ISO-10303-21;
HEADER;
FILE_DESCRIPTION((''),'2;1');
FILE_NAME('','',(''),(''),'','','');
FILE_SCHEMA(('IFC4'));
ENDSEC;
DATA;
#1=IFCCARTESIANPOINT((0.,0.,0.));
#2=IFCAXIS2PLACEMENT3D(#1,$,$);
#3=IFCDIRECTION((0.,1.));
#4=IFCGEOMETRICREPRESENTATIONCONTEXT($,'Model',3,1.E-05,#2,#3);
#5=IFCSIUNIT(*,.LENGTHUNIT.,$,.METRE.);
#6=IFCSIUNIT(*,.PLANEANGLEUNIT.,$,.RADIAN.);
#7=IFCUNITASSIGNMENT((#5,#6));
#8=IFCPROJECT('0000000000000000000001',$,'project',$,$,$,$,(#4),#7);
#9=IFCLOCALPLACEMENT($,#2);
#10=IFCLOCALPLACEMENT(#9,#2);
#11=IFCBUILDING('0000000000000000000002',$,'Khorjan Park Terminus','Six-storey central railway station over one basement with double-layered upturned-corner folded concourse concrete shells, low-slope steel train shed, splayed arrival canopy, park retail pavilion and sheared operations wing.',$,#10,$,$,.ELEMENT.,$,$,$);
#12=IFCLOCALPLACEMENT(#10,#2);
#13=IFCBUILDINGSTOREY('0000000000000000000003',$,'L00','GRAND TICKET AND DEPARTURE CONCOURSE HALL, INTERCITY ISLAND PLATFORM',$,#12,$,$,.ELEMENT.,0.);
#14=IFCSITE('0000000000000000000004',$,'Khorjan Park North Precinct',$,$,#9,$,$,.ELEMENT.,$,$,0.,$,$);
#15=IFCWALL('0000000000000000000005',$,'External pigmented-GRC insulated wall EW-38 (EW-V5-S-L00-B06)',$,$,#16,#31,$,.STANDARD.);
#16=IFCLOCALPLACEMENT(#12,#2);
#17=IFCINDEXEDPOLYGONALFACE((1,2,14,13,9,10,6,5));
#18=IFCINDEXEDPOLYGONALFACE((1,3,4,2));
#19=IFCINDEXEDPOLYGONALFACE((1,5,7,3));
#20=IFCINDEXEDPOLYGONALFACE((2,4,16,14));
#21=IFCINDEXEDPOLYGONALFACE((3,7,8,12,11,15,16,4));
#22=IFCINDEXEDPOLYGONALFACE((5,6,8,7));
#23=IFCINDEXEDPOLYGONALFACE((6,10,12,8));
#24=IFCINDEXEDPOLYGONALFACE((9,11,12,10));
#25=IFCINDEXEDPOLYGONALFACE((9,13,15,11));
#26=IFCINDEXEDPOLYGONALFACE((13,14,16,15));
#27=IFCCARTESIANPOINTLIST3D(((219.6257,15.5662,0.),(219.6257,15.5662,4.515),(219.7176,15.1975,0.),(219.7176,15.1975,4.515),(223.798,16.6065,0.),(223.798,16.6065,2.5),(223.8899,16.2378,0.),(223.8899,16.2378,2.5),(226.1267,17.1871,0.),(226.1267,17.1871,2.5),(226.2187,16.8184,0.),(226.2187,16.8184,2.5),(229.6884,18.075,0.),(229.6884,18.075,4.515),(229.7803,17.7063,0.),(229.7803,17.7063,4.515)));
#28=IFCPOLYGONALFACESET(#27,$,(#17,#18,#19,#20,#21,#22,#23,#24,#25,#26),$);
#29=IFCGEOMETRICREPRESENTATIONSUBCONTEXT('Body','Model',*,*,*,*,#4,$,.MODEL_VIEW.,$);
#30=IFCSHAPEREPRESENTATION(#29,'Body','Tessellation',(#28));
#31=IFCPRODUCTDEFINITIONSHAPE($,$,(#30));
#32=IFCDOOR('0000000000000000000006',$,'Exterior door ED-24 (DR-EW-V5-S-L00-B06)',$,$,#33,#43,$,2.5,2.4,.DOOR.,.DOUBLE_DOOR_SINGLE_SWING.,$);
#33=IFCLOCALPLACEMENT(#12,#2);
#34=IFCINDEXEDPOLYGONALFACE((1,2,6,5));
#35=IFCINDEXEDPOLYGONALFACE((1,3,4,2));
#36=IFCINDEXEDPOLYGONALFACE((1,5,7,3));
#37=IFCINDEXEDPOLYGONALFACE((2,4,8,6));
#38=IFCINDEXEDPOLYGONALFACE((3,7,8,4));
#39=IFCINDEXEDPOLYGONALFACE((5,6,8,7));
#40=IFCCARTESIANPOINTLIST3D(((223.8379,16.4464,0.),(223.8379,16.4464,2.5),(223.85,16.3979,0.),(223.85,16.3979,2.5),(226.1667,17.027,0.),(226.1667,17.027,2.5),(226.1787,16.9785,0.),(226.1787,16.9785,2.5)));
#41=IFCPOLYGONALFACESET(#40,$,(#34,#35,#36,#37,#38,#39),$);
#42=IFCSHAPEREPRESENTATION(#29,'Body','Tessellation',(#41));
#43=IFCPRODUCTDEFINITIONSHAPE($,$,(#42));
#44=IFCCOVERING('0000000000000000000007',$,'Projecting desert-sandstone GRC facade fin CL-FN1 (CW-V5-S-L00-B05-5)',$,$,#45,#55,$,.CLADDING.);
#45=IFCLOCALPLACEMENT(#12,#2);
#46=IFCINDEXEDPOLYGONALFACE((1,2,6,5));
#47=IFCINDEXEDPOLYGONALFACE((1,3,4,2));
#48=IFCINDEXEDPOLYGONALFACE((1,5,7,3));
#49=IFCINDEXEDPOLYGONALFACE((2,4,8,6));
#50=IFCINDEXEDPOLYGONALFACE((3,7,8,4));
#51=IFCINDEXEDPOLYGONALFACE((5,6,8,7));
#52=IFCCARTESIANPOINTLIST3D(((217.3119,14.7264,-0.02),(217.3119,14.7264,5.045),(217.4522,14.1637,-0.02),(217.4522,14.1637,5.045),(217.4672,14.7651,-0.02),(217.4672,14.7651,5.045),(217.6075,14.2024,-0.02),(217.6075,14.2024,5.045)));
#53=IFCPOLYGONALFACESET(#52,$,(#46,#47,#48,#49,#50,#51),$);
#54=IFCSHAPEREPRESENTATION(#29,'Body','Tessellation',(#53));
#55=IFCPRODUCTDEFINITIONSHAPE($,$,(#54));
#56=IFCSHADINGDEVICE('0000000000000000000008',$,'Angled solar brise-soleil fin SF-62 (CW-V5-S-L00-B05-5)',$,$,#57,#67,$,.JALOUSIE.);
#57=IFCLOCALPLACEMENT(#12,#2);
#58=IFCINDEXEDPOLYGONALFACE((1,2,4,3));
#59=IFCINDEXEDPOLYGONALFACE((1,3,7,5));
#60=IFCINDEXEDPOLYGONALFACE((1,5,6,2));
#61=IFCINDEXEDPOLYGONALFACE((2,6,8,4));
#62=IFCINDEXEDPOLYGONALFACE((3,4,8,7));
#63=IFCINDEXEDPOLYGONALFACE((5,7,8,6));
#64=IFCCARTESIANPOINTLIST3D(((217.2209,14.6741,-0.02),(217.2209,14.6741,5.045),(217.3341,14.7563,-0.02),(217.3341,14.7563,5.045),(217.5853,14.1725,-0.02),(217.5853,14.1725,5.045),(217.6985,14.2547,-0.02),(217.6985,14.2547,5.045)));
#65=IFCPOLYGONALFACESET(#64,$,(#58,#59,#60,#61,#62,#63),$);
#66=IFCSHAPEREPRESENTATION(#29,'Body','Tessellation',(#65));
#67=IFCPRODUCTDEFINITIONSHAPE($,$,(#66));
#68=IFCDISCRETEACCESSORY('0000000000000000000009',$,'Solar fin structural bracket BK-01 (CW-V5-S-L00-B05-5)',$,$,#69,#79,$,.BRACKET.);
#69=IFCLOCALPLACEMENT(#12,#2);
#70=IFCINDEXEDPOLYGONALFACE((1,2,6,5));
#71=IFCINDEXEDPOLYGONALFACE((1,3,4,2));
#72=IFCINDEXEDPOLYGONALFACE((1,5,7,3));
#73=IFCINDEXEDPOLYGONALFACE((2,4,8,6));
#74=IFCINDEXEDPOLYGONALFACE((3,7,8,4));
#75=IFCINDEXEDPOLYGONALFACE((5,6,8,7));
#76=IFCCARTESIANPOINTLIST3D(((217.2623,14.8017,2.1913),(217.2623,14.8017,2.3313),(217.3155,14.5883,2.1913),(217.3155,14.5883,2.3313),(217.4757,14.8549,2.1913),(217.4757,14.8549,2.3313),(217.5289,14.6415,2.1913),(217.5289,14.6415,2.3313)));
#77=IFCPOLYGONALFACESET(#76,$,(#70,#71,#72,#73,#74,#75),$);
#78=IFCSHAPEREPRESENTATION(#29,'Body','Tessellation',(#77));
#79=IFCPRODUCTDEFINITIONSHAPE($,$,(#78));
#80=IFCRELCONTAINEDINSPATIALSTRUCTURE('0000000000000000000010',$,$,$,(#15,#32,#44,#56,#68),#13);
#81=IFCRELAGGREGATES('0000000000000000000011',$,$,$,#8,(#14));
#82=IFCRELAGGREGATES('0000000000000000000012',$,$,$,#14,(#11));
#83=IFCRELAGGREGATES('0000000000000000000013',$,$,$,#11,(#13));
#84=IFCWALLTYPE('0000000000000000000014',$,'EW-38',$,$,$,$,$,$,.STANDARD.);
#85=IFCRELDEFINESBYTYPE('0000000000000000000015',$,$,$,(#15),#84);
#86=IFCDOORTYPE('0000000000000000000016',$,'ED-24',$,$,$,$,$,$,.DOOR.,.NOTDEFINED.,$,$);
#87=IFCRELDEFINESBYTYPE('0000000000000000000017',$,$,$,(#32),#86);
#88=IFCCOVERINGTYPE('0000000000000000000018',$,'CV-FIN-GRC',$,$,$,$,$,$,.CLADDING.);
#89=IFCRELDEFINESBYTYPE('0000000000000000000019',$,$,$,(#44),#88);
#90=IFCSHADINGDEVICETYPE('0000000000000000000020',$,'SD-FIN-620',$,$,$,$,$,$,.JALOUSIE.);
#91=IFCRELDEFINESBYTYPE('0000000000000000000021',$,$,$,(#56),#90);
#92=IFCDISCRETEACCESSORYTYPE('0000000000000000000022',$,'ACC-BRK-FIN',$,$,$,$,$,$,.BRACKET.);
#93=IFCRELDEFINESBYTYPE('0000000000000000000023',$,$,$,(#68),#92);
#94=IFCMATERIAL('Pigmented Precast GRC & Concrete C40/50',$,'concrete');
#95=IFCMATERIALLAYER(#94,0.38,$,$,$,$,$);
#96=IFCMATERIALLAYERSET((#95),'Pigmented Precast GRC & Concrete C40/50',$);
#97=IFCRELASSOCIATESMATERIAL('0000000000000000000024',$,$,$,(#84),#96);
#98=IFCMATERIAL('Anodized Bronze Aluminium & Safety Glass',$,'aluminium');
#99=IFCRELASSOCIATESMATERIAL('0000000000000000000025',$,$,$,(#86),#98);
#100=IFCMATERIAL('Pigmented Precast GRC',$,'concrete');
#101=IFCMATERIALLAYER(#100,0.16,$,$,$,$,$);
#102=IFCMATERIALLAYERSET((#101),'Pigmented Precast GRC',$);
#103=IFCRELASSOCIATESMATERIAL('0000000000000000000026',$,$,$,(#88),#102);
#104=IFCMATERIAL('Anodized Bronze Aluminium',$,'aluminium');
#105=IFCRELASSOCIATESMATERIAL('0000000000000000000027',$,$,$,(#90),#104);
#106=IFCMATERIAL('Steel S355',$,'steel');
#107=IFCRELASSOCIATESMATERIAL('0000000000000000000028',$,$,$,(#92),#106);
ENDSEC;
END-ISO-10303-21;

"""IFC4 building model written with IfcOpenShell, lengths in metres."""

from ifc_helpers import new_model, si_unit, direction, frame, frame_2d, origin, origin_2d, place, context, subcontext, project, spatial, rectangle, extrude, material, layer, layer_set, type_object, element, fill, save


model = new_model("IFC4")

# Units and contexts
model_context = context("Model", 3, precision=1e-05, world=origin(), true_north=direction((0.0, 1.0)))
body_context = subcontext(model_context, "Body", "Model", "MODEL_VIEW")
ifc_project = project(units=[si_unit("LENGTHUNIT", "METRE"), si_unit("PLANEANGLEUNIT", "RADIAN")], contexts=[model_context])

# Site, building, storey
site_placement = place(None, origin())
site = spatial("IfcSite", under=ifc_project, at=site_placement, Name="Khorjan Park North Precinct", CompositionType="ELEMENT", RefElevation=0.0)
building_placement = place(site_placement, origin())
building = spatial("IfcBuilding", under=site, at=building_placement, Name="Khorjan Park Terminus", Description="Six-storey central railway station over one basement with double-layered upturned-corner folded concourse concrete shells, low-slope steel train shed, splayed arrival canopy, park retail pavilion and sheared operations wing.", CompositionType="ELEMENT")
storey_placement = place(building_placement, origin())
storey = spatial("IfcBuildingStorey", under=building, at=storey_placement, Name="L00", Description="GRAND TICKET AND DEPARTURE CONCOURSE HALL, INTERCITY ISLAND PLATFORM", CompositionType="ELEMENT", Elevation=0.0)

# Shared definitions
ifc_material_1 = material(Name="Steel S355", Category="steel")

# Shared definitions
ifc_material_2 = material(Name="Anodized Bronze Aluminium", Category="aluminium")

# Wall, opening, door
ifc_material_3 = material(Name="Pigmented Precast GRC & Concrete C40/50", Category="concrete")
ifc_layer_1 = layer(ifc_material_3, 0.38)
ifc_layer_set_1 = layer_set([ifc_layer_1], Name="Pigmented Precast GRC & Concrete C40/50")
wall_type_1 = type_object("IfcWallType", Name="EW-38", PredefinedType="STANDARD", material=ifc_layer_set_1)
wall_1_placement = place(storey_placement, frame((219.6717, 15.3819, 0.0), z_axis=(0.0, 0.0, 1.0), x_axis=(0.970298, 0.241912, 0.0)))
wall_1 = element("IfcWall", 1, at=wall_1_placement, inside=storey, type_object=wall_type_1, Name="External pigmented-GRC insulated wall EW-38 (EW-V5-S-L00-B06)", PredefinedType="STANDARD", context=body_context, shape_type="SweptSolid", body=[
    extrude(rectangle(XDim=10.3707, YDim=0.38, at=frame_2d((5.1853, 0.0))), origin(), (0.0, 0.0, 1.0), 4.515),
])
opening_placement = place(wall_1_placement, frame((4.3, 0.0, 0.0)))
opening = element("IfcOpeningElement", 2, at=opening_placement, cuts=wall_1, PredefinedType="OPENING", context=body_context, shape_type="SweptSolid", body=[
    extrude(rectangle(XDim=2.4, YDim=2.5, at=frame_2d((1.2, 1.25))), frame((0.0, 0.2, 0.0), z_axis=(0.0, -1.0, 0.0), x_axis=(1.0, 0.0, 0.0)), (0.0, 0.0, 1.0), 0.4),
])
ifc_material_4 = material(Name="Anodized Bronze Aluminium & Safety Glass", Category="aluminium")
door_type = type_object("IfcDoorType", Name="ED-24", OperationType="NOTDEFINED", PredefinedType="DOOR", material=ifc_material_4)
door_placement = place(opening_placement, origin())
door = element("IfcDoor", 3, at=door_placement, inside=storey, type_object=door_type, Name="Exterior door ED-24 (DR-EW-V5-S-L00-B06)", OperationType="DOUBLE_DOOR_SINGLE_SWING", OverallHeight=2.5, OverallWidth=2.4, PredefinedType="DOOR", context=body_context, shape_type="SweptSolid", body=[
    extrude(rectangle(XDim=2.4, YDim=2.5, at=frame_2d((1.2, 1.25))), frame((0.0, 0.025, 0.0), z_axis=(0.0, -1.0, 0.0), x_axis=(1.0, 0.0, 0.0)), (0.0, 0.0, 1.0), 0.05),
])
fill(opening, door)

# Covering
ifc_material_5 = material(Name="Pigmented Precast GRC", Category="concrete")
ifc_layer_2 = layer(ifc_material_5, 0.16)
ifc_layer_set_2 = layer_set([ifc_layer_2], Name="Pigmented Precast GRC")
covering_type = type_object("IfcCoveringType", Name="CV-FIN-GRC", PredefinedType="CLADDING", material=ifc_layer_set_2)
covering_placement = place(storey_placement, frame((217.4597, 14.4644, -0.02), z_axis=(0.0, 0.0, 1.0), x_axis=(-0.241922, 0.970296, 0.0)))
element("IfcCovering", 4, at=covering_placement, inside=storey, type_object=covering_type, Name="Projecting desert-sandstone GRC facade fin CL-FN1 (CW-V5-S-L00-B05-5)", PredefinedType="CLADDING", context=body_context, shape_type="SweptSolid", body=[
    extrude(rectangle(XDim=0.58, YDim=0.16, at=origin_2d()), origin(), (0.0, 0.0, 1.0), 5.065),
])

# Shading device
shading_device_type = type_object("IfcShadingDeviceType", Name="SD-FIN-620", PredefinedType="JALOUSIE", material=ifc_material_2)
shading_device_placement = place(storey_placement, frame((217.4597, 14.4644, -0.02), z_axis=(0.0, 0.0, 1.0), x_axis=(-0.587785, 0.809017, 0.0)))
element("IfcShadingDevice", 5, at=shading_device_placement, inside=storey, type_object=shading_device_type, Name="Angled solar brise-soleil fin SF-62 (CW-V5-S-L00-B05-5)", PredefinedType="JALOUSIE", context=body_context, shape_type="SweptSolid", body=[
    extrude(rectangle(XDim=0.62, YDim=0.14, at=origin_2d()), origin(), (0.0, 0.0, 1.0), 5.065),
])

# Discrete accessory
discrete_accessory_type = type_object("IfcDiscreteAccessoryType", Name="ACC-BRK-FIN", PredefinedType="BRACKET", material=ifc_material_1)
discrete_accessory_placement = place(storey_placement, frame((217.3956, 14.7216, 2.1913), z_axis=(0.0, 0.0, 1.0), x_axis=(0.970298, 0.241912, 0.0)))
element("IfcDiscreteAccessory", 6, at=discrete_accessory_placement, inside=storey, type_object=discrete_accessory_type, Name="Solar fin structural bracket BK-01 (CW-V5-S-L00-B05-5)", PredefinedType="BRACKET", context=body_context, shape_type="SweptSolid", body=[
    extrude(rectangle(XDim=0.22, YDim=0.22, at=origin_2d()), origin(), (0.0, 0.0, 1.0), 0.14),
])

save(model, "model.ifc")
